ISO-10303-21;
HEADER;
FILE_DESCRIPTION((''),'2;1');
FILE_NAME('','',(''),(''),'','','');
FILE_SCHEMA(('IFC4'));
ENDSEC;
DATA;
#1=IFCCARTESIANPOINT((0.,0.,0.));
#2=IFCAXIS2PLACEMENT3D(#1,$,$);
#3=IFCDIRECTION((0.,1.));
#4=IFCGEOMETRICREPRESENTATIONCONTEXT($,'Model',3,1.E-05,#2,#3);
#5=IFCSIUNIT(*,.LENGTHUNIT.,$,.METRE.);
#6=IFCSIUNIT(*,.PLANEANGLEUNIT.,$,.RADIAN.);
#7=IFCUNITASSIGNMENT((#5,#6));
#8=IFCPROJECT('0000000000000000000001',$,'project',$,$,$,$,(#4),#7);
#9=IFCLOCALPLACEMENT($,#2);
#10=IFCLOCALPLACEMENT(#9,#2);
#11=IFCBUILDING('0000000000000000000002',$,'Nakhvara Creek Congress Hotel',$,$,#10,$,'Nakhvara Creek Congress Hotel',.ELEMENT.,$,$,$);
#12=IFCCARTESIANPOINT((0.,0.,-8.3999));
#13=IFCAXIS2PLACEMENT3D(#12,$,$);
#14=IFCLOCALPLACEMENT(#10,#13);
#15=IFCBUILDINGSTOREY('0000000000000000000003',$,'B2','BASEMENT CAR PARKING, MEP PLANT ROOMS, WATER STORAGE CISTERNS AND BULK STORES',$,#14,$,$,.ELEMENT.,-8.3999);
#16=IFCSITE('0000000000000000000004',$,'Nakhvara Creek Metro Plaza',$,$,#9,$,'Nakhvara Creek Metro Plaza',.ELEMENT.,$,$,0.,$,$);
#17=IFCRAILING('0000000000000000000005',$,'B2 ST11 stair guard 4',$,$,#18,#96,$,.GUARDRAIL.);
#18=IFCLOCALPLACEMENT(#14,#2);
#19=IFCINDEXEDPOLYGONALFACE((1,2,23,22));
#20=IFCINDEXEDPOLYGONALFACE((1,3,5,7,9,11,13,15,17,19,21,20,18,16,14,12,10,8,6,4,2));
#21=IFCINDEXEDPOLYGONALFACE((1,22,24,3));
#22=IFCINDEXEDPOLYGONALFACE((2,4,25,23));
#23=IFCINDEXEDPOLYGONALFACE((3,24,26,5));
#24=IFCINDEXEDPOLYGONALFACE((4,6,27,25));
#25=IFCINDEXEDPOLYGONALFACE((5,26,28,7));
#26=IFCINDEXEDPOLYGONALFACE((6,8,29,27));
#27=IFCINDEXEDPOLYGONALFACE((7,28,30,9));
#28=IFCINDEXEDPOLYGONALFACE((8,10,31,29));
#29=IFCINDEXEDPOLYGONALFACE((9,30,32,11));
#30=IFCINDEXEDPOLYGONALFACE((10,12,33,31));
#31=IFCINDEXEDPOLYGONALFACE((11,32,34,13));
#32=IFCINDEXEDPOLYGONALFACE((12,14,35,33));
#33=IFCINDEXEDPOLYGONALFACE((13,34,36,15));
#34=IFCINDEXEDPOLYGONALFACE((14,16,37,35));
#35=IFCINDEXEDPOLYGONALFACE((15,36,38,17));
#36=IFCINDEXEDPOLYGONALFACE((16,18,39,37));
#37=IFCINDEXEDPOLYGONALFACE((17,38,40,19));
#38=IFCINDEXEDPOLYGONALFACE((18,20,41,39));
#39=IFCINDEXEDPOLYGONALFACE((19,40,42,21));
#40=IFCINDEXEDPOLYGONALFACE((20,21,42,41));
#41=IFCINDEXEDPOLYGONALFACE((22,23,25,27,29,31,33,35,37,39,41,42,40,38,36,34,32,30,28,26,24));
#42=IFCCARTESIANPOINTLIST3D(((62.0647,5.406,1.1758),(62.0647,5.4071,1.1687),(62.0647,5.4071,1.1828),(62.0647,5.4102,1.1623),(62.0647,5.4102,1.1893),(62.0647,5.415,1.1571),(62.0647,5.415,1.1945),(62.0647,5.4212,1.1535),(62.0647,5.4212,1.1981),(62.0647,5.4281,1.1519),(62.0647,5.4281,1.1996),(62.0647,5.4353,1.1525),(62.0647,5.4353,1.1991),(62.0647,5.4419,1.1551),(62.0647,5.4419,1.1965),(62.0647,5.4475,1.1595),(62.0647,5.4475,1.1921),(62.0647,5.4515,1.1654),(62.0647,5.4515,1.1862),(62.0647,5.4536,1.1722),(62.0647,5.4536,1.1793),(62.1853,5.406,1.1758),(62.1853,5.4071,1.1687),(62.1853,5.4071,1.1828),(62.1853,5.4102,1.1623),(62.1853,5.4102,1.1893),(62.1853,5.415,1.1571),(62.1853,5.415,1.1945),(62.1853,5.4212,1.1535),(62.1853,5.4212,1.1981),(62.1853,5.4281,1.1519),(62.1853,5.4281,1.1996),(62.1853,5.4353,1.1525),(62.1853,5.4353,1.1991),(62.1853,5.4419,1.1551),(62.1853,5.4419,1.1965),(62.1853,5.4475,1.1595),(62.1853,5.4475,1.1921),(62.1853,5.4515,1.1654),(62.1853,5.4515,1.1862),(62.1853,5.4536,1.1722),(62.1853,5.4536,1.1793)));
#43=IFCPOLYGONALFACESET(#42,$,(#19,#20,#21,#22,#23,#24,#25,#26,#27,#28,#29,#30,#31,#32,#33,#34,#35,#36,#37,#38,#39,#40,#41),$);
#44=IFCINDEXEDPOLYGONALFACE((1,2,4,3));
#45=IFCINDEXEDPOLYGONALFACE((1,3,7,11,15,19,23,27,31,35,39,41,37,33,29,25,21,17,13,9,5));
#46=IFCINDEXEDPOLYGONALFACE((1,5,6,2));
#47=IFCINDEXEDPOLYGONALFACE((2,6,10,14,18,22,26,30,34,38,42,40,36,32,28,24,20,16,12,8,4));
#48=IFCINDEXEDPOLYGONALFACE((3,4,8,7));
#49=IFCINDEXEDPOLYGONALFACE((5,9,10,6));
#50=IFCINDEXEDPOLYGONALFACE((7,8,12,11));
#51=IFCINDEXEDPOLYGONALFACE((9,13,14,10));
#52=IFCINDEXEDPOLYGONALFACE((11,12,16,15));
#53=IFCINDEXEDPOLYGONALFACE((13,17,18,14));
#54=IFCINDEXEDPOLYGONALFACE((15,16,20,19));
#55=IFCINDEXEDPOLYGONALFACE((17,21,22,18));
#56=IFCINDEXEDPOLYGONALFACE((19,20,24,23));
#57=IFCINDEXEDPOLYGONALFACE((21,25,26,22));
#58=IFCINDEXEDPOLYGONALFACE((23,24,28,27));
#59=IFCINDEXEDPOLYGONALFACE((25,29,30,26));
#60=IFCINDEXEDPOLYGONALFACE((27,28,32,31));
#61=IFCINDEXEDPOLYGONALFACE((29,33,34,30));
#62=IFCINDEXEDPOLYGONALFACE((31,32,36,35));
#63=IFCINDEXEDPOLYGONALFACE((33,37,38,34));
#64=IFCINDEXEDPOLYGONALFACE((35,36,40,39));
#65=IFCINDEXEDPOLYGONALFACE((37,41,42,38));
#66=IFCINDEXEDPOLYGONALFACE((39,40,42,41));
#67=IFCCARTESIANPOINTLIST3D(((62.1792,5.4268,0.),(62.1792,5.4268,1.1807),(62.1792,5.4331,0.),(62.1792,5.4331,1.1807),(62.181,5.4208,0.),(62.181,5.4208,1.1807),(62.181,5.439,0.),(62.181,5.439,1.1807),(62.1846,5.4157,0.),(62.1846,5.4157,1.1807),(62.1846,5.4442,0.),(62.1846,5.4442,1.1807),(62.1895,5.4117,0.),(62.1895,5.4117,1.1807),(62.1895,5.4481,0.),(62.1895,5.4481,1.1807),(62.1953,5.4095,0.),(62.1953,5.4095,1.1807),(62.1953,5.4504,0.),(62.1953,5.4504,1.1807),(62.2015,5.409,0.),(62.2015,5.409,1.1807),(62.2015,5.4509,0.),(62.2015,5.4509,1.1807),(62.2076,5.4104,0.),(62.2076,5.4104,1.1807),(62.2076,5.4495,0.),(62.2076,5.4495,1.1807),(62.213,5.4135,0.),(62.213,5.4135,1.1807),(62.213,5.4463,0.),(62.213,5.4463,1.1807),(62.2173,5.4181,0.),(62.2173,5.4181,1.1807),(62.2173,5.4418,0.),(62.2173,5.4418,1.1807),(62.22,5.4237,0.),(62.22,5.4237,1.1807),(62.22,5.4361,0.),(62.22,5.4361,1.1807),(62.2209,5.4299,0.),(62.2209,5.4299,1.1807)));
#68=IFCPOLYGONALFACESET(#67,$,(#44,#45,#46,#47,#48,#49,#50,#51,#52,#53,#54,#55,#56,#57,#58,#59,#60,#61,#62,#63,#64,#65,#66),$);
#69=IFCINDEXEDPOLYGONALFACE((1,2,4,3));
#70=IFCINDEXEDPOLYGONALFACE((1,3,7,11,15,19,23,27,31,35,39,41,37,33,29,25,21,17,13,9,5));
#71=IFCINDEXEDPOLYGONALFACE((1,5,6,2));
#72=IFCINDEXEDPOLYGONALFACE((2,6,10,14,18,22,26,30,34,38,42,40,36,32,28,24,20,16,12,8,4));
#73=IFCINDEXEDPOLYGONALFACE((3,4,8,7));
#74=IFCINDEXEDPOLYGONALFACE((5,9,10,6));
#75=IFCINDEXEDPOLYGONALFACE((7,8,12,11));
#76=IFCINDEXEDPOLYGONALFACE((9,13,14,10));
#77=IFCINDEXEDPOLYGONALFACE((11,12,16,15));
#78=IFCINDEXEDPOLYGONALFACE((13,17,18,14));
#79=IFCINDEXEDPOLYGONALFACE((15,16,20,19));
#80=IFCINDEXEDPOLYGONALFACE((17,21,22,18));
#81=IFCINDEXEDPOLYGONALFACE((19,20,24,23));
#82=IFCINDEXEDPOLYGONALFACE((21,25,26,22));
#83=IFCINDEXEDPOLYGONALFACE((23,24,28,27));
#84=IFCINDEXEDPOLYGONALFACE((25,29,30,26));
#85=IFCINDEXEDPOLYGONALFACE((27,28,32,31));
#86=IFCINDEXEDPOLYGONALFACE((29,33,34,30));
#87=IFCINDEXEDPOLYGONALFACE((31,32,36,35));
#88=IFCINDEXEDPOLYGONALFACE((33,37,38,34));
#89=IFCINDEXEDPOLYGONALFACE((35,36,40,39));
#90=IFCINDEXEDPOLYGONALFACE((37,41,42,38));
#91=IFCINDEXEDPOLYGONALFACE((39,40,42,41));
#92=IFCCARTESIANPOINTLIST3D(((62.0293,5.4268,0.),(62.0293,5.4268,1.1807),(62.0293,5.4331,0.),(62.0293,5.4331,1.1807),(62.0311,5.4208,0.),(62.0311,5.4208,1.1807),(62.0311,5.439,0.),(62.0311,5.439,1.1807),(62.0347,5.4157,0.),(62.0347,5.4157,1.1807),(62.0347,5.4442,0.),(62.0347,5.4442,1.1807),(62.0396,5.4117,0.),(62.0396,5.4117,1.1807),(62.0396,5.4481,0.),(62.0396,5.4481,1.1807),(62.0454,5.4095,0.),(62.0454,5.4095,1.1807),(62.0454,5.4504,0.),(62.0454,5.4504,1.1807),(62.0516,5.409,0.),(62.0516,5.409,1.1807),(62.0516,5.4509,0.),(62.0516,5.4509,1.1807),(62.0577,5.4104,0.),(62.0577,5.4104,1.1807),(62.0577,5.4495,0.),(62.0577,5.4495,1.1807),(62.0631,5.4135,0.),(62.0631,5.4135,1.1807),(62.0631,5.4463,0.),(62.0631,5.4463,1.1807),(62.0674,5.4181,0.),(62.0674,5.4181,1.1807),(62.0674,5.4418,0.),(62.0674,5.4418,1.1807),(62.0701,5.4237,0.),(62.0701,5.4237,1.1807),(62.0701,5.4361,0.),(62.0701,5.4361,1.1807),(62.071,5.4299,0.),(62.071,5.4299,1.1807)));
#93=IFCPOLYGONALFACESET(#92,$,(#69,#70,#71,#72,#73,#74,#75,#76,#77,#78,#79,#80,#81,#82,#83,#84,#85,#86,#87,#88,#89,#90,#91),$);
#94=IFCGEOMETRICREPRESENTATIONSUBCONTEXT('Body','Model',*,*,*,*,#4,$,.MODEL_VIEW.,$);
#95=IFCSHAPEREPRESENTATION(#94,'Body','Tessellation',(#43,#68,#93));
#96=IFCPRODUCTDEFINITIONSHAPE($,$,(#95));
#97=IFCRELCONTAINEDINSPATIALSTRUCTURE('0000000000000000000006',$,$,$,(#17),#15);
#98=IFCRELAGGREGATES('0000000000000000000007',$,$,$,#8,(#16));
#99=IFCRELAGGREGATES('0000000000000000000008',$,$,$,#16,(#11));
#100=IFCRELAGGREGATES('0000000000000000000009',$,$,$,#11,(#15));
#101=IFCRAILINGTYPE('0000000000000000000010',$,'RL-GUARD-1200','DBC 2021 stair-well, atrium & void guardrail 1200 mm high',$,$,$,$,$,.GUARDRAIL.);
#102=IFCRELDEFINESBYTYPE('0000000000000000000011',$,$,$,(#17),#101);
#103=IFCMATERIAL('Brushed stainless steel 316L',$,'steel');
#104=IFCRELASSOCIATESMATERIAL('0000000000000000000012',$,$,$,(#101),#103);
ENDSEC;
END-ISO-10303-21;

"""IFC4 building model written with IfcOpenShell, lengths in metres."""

from ifc_helpers import new_model, si_unit, direction, frame, origin, origin_2d, place, context, subcontext, project, spatial, circle, extrude, material, type_object, element, save


model = new_model("IFC4")

# Units and contexts
model_context = context("Model", 3, precision=1e-05, world=origin(), true_north=direction((0.0, 1.0)))
body_context = subcontext(model_context, "Body", "Model", "MODEL_VIEW")
ifc_project = project(units=[si_unit("LENGTHUNIT", "METRE"), si_unit("PLANEANGLEUNIT", "RADIAN")], contexts=[model_context])

# Site, building, storey
site_placement = place(None, origin())
site = spatial("IfcSite", under=ifc_project, at=site_placement, Name="Nakhvara Creek Metro Plaza", LongName="Nakhvara Creek Metro Plaza", CompositionType="ELEMENT", RefElevation=0.0)
building_placement = place(site_placement, origin())
building = spatial("IfcBuilding", under=site, at=building_placement, Name="Nakhvara Creek Congress Hotel", LongName="Nakhvara Creek Congress Hotel", CompositionType="ELEMENT")
storey_placement = place(building_placement, frame((0.0, 0.0, -8.3999)))
storey = spatial("IfcBuildingStorey", under=building, at=storey_placement, Name="B2", Description="BASEMENT CAR PARKING, MEP PLANT ROOMS, WATER STORAGE CISTERNS AND BULK STORES", CompositionType="ELEMENT", Elevation=-8.3999)

# Railing
ifc_material_1 = material(Name="Brushed stainless steel 316L", Category="steel")
railing_type_1 = type_object("IfcRailingType", Name="RL-GUARD-1200", Description="DBC 2021 stair-well, atrium & void guardrail 1200 mm high", PredefinedType="GUARDRAIL", material=ifc_material_1)
railing_1_placement = place(storey_placement, frame((62.2, 5.4299, 0.0)))
element("IfcRailing", 1, at=railing_1_placement, inside=storey, type_object=railing_type_1, Name="B2 ST11 stair guard 4", PredefinedType="GUARDRAIL", context=body_context, shape_type="SweptSolid", body=[
    extrude(circle(Radius=0.0239, at=origin_2d()), frame((-0.0146, 0.0, 1.1758), z_axis=(-1.0, 0.0, 0.0), x_axis=(0.0, -1.0, 0.0)), (0.0, 0.0, 1.0), 0.1206),
    extrude(circle(Radius=0.021, at=origin_2d()), origin(), (0.0, 0.0, 1.0), 1.1807),
    extrude(circle(Radius=0.021, at=origin_2d()), frame((-0.1499, 0.0, 0.0)), (0.0, 0.0, 1.0), 1.1807),
])

save(model, "model.ifc")
